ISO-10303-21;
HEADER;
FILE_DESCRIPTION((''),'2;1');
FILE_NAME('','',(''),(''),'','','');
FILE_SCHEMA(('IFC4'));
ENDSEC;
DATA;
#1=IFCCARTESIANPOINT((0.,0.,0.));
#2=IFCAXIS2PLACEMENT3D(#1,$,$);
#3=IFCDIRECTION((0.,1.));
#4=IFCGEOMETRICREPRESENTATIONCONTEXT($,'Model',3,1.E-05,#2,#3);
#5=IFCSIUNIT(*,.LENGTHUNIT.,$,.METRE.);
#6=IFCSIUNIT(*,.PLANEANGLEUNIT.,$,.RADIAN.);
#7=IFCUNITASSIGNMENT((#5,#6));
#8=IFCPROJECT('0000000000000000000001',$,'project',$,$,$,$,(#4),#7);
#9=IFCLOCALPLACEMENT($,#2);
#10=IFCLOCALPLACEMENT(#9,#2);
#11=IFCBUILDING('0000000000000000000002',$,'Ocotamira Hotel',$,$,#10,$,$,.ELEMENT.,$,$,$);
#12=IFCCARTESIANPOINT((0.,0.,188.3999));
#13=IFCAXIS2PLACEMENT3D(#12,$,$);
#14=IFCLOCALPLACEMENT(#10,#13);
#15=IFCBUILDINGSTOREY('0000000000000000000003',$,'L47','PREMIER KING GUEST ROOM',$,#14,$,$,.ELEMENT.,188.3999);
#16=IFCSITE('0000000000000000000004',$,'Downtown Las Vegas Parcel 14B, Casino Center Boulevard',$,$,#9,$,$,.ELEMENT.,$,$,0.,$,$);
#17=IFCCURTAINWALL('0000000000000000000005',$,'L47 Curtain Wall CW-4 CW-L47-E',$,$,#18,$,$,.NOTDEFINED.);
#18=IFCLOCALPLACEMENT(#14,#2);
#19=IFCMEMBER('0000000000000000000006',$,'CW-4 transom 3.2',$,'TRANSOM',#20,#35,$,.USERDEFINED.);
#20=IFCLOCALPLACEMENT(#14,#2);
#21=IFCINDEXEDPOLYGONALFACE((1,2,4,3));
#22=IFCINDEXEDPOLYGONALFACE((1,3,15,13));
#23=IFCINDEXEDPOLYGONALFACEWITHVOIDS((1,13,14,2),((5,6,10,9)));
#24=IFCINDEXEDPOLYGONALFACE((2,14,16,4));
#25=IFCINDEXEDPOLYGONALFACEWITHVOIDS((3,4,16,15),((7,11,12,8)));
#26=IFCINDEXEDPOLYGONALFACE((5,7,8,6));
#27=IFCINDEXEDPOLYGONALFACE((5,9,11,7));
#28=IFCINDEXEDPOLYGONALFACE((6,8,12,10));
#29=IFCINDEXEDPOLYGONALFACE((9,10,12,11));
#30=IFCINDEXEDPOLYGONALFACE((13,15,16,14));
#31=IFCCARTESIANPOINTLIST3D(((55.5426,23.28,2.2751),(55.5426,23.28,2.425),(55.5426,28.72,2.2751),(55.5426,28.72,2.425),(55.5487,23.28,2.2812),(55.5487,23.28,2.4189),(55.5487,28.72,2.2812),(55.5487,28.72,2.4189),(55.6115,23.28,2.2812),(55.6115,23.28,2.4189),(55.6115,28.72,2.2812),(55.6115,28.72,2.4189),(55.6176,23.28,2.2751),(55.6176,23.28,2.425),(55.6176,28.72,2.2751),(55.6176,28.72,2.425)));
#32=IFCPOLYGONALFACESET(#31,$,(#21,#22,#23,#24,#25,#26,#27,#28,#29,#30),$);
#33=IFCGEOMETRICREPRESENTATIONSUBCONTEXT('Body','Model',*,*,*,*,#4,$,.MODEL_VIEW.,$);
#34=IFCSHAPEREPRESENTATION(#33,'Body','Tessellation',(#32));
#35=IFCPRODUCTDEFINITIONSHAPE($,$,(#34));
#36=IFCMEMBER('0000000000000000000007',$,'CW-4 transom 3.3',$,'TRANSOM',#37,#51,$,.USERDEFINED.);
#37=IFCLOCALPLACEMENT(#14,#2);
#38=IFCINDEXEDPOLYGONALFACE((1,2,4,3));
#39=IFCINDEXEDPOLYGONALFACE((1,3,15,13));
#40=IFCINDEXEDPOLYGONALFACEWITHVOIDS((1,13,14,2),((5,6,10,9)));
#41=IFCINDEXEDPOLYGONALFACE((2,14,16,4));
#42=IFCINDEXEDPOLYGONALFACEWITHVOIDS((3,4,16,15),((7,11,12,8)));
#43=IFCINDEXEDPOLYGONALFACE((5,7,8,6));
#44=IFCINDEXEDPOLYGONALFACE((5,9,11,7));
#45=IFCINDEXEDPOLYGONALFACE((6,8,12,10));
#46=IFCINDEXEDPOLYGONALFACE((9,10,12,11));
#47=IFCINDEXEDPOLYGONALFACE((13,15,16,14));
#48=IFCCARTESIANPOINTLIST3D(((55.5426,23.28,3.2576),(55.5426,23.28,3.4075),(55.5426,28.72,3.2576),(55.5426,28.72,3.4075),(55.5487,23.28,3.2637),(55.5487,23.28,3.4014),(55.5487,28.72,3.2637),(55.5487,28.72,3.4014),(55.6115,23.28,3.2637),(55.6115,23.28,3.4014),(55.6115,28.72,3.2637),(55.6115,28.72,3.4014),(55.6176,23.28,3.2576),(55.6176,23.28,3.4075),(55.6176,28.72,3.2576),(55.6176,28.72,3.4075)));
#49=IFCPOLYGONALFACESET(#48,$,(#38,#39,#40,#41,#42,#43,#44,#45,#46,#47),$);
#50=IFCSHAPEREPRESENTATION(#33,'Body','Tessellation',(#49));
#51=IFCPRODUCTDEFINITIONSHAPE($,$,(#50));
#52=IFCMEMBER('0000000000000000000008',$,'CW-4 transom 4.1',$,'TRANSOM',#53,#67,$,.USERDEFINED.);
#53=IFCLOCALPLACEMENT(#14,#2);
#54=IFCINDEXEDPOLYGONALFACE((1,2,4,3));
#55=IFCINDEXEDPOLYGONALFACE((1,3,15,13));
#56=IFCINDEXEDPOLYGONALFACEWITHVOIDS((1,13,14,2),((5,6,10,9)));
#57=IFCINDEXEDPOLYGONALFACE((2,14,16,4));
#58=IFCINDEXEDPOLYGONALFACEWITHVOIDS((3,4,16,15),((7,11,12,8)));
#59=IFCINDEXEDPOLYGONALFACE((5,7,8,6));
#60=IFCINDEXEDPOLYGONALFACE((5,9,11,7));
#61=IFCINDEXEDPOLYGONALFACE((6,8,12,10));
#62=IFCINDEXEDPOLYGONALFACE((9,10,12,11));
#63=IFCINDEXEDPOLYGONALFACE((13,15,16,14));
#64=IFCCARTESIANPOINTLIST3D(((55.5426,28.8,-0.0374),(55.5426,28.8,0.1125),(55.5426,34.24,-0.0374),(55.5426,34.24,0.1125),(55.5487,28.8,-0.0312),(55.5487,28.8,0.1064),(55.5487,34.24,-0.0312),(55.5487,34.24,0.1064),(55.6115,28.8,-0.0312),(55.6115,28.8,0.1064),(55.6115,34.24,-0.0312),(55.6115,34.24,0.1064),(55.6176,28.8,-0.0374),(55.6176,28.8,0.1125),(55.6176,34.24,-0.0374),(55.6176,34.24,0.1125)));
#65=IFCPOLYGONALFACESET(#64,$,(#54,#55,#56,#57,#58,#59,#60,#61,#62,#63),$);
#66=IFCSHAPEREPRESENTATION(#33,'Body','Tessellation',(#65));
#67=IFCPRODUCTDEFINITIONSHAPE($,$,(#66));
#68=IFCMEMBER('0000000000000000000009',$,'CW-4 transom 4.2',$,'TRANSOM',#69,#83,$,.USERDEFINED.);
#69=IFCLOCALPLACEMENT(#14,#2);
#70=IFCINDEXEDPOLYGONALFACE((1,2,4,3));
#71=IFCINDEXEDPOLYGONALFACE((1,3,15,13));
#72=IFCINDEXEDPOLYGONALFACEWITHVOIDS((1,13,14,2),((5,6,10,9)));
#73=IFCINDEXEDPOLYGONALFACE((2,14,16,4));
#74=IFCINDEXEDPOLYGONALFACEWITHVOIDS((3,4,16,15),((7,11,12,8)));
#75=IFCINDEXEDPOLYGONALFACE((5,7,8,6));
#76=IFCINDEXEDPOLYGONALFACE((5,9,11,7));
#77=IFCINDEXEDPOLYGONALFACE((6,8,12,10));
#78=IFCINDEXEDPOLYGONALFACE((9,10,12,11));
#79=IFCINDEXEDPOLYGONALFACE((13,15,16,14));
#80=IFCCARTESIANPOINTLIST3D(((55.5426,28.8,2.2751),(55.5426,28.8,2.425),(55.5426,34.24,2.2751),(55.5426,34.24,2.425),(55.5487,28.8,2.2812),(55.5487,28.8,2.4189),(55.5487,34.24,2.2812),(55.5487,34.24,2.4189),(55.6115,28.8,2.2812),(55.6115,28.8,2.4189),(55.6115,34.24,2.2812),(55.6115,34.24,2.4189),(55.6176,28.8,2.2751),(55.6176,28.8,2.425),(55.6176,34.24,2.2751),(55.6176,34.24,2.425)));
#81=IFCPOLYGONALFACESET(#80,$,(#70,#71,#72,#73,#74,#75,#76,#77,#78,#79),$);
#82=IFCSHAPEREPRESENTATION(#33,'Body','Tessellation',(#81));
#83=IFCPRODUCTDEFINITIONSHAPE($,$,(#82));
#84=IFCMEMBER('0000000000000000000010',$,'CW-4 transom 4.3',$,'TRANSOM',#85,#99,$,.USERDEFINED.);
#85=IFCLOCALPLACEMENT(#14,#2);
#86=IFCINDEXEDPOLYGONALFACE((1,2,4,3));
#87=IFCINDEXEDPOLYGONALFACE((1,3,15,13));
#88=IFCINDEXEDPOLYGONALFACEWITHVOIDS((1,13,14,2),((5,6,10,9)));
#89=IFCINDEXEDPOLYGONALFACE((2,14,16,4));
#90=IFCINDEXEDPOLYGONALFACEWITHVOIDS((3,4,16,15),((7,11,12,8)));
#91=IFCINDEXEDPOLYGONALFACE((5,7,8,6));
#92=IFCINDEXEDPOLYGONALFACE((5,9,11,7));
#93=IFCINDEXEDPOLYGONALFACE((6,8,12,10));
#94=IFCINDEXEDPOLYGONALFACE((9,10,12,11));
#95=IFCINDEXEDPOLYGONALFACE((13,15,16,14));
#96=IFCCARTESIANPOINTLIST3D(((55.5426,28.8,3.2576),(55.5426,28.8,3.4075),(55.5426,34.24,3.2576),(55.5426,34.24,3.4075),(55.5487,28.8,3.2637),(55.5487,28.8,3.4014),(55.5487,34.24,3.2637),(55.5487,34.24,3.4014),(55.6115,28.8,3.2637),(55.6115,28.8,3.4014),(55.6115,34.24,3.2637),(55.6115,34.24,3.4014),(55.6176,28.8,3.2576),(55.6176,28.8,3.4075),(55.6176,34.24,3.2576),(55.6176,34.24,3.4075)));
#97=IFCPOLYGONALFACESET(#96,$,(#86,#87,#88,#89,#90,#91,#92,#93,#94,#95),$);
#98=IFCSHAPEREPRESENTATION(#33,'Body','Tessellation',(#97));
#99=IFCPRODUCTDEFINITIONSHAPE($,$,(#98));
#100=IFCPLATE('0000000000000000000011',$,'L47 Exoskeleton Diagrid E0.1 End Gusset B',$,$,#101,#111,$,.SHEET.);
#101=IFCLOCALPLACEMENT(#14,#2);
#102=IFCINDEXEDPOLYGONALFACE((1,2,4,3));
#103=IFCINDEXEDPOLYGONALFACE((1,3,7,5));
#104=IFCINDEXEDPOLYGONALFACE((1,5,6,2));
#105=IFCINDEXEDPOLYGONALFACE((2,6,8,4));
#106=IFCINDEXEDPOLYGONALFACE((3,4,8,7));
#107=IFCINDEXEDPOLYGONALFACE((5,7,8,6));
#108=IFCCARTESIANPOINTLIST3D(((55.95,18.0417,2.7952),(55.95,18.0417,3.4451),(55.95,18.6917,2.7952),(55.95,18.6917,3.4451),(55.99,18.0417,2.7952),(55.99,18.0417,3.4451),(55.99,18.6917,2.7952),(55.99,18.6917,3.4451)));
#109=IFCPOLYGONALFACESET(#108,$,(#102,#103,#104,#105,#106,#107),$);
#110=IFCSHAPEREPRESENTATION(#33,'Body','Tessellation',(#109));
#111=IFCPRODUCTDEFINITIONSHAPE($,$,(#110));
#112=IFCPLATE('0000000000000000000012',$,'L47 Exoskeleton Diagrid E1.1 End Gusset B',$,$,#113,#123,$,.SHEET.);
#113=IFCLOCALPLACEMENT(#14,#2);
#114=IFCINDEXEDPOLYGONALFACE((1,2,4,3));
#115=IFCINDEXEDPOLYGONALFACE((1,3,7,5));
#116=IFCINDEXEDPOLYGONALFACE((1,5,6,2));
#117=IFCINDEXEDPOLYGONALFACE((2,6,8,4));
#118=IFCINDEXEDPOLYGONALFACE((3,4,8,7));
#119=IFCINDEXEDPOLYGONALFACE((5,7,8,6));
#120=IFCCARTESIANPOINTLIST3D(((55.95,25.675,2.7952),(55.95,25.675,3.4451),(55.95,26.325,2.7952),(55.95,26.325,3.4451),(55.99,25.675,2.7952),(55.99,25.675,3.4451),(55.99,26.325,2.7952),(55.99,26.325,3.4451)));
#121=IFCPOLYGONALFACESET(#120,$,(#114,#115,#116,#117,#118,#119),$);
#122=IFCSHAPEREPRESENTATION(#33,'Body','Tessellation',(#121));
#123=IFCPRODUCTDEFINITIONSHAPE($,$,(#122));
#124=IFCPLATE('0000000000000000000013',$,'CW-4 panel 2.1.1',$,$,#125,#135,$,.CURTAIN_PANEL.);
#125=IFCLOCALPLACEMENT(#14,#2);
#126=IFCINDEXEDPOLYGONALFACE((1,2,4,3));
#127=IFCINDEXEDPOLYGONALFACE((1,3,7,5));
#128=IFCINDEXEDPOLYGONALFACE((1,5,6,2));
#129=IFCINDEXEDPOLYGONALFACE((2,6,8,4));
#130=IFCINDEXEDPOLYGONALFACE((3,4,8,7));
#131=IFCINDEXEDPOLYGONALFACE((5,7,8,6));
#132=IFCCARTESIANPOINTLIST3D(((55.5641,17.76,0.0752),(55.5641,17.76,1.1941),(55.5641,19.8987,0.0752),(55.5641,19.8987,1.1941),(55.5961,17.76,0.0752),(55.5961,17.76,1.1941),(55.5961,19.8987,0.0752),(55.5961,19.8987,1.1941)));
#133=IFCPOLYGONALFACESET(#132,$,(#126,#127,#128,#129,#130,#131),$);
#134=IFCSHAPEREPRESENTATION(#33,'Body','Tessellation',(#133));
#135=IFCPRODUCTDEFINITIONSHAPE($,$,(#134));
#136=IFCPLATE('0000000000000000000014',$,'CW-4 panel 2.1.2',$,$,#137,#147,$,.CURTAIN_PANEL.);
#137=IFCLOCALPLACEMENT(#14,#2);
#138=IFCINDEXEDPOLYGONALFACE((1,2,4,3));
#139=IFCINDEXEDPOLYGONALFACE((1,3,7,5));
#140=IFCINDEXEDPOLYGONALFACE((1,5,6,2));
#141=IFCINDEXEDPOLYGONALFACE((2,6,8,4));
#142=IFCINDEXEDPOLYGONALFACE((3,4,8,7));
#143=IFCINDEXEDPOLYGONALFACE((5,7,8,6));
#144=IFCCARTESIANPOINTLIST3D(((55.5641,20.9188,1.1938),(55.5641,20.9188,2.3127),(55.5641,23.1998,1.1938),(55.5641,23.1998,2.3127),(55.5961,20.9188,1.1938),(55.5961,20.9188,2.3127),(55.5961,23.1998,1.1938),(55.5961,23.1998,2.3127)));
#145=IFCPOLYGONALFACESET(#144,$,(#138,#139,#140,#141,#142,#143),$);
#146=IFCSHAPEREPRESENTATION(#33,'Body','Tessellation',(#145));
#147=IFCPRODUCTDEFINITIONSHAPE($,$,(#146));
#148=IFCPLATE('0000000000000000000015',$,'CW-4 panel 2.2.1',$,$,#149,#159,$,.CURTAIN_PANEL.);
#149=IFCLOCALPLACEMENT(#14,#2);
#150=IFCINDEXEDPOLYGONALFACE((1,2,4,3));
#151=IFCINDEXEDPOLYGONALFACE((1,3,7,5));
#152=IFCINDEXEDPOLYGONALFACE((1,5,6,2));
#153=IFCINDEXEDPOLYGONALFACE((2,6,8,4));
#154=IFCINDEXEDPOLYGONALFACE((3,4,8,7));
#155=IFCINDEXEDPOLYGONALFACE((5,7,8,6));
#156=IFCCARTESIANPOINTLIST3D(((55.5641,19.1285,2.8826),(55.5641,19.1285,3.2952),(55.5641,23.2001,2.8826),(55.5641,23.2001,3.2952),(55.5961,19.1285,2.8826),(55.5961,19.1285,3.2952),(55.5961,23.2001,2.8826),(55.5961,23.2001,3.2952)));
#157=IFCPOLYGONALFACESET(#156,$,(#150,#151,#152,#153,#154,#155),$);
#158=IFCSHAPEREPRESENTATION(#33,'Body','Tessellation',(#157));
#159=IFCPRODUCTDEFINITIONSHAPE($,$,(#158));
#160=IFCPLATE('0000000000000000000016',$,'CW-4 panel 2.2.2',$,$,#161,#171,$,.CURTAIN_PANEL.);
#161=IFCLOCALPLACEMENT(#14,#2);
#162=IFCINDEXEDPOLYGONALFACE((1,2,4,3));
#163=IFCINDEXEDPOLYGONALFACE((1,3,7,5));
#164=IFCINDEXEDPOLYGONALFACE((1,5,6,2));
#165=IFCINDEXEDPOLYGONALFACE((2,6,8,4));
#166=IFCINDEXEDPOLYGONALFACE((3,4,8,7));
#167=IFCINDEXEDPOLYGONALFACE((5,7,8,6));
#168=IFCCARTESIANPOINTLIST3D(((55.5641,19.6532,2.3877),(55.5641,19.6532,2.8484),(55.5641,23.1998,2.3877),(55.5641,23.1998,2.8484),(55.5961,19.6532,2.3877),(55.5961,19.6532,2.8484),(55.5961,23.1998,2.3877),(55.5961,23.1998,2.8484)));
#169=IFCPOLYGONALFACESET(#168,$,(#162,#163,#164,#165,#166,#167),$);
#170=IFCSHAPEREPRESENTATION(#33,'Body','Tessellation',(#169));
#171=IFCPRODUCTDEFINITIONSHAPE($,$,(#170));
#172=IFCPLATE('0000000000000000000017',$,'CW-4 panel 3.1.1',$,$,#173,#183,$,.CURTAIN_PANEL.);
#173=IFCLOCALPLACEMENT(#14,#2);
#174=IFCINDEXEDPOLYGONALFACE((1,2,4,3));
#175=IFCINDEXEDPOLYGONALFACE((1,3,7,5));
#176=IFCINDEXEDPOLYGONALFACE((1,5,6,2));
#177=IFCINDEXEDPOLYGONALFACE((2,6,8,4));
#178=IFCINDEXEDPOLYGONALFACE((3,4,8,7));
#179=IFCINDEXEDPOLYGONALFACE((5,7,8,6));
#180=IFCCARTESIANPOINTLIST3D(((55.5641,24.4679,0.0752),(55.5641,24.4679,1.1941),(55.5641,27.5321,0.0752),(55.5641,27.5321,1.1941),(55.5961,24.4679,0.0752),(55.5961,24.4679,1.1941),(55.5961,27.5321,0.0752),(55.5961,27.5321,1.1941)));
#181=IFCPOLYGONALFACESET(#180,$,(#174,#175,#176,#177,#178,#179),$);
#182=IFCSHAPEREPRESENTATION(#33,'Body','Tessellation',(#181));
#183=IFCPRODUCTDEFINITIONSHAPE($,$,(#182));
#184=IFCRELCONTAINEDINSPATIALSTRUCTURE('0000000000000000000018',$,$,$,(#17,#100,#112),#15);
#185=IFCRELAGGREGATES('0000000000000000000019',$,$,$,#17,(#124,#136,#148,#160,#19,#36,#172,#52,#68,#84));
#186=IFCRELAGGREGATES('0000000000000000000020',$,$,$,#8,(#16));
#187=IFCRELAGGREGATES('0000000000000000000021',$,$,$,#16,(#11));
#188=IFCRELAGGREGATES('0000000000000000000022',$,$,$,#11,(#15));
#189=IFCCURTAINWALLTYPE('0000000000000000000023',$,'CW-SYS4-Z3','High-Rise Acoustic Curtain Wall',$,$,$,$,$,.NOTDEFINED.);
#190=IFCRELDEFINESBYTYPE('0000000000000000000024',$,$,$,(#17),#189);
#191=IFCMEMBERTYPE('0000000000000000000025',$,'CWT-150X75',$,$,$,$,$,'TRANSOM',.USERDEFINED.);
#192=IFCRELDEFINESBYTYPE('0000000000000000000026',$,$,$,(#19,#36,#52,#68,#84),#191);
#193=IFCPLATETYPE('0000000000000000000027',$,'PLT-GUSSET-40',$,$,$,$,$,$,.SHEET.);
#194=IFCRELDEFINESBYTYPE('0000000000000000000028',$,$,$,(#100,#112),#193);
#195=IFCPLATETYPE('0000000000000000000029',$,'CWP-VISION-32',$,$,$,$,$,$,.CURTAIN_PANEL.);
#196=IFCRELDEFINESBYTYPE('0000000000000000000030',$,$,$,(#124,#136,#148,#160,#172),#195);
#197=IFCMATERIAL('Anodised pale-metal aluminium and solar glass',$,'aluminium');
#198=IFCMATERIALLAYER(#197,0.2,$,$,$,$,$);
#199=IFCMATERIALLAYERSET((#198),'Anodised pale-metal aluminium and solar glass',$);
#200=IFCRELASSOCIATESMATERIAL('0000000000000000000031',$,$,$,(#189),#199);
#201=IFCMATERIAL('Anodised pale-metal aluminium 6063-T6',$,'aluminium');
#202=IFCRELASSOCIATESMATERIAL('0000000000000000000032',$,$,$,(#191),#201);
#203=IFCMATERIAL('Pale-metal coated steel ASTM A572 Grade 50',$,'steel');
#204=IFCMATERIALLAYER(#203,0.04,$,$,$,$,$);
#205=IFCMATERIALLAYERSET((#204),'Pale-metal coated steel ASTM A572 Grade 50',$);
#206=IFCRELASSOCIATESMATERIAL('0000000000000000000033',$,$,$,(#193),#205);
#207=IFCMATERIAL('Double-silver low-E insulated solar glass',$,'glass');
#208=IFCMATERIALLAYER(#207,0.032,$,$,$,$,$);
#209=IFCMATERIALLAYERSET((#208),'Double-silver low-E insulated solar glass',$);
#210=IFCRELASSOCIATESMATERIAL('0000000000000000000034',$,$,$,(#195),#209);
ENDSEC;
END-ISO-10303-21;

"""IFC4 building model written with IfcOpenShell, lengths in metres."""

from ifc_helpers import new_model, si_unit, direction, frame, origin, origin_2d, place, context, subcontext, project, spatial, rectangle, hollow_rectangle, extrude, source, transform, mapped, material, layer, layer_set, material_profile, profile_set, type_object, element, aggregate, save


model = new_model("IFC4")

# Units and contexts
model_context = context("Model", 3, precision=1e-05, world=origin(), true_north=direction((0.0, 1.0)))
body_context = subcontext(model_context, "Body", "Model", "MODEL_VIEW")
ifc_project = project(units=[si_unit("LENGTHUNIT", "METRE"), si_unit("PLANEANGLEUNIT", "RADIAN")], contexts=[model_context])

# Site, building, storey
site_placement = place(None, origin())
site = spatial("IfcSite", under=ifc_project, at=site_placement, Name="Downtown Las Vegas Parcel 14B, Casino Center Boulevard", CompositionType="ELEMENT", RefElevation=0.0)
building_placement = place(site_placement, origin())
building = spatial("IfcBuilding", under=site, at=building_placement, Name="Ocotamira Hotel", CompositionType="ELEMENT")
storey_placement = place(building_placement, frame((0.0, 0.0, 188.3999)))
storey = spatial("IfcBuildingStorey", under=building, at=storey_placement, Name="L47", Description="PREMIER KING GUEST ROOM", CompositionType="ELEMENT", Elevation=188.3999)

# Curtain wall, members
ifc_material_1 = material(Name="Anodised pale-metal aluminium and solar glass", Category="aluminium")
ifc_layer_1 = layer(ifc_material_1, 0.2)
ifc_layer_set_1 = layer_set([ifc_layer_1], Name="Anodised pale-metal aluminium and solar glass")
curtain_wall_type = type_object("IfcCurtainWallType", Name="CW-SYS4-Z3", Description="High-Rise Acoustic Curtain Wall", PredefinedType="NOTDEFINED", material=ifc_layer_set_1)
curtain_wall_placement = place(storey_placement, origin())
curtain_wall = element("IfcCurtainWall", 1, at=curtain_wall_placement, inside=storey, type_object=curtain_wall_type, Name="L47 Curtain Wall CW-4 CW-L47-E", PredefinedType="NOTDEFINED")
ifc_material_2 = material(Name="Anodised pale-metal aluminium 6063-T6", Category="aluminium")
ifc_material_profile_1 = material_profile(ifc_material_2, hollow_rectangle(XDim=0.075, YDim=0.1499, WallThickness=0.0061, at=origin_2d()), Name="HSS150X75X6")
ifc_profile_set_1 = profile_set([ifc_material_profile_1], Name="Anodised pale-metal aluminium 6063-T6")
member_type_1 = type_object("IfcMemberType", Name="CWT-150X75", ElementType="TRANSOM", PredefinedType="USERDEFINED", material=ifc_profile_set_1)
shared_shape_1 = source(origin(), body_context, "Body", "SweptSolid", [
    extrude(hollow_rectangle(XDim=0.075, YDim=0.1499, WallThickness=0.0061, at=origin_2d()), origin(), (0.0, 0.0, 1.0), 5.4399),
])
member_1_placement = place(storey_placement, frame((55.5801, 23.28, 2.3501), z_axis=(0.0, 1.0, 0.0), x_axis=(-1.0, 0.0, 0.0)))
member_1 = element("IfcMember", 2, at=member_1_placement, type_object=member_type_1, Name="CW-4 transom 3.2", ObjectType="TRANSOM", PredefinedType="USERDEFINED", context=body_context, shape_type="MappedRepresentation", body=[
    mapped(shared_shape_1, transform((0.0, 0.0, 0.0), scale=1.0)),
])
member_2_placement = place(storey_placement, frame((55.5801, 23.28, 3.3325), z_axis=(0.0, 1.0, 0.0), x_axis=(-1.0, 0.0, 0.0)))
member_2 = element("IfcMember", 3, at=member_2_placement, type_object=member_type_1, Name="CW-4 transom 3.3", ObjectType="TRANSOM", PredefinedType="USERDEFINED", context=body_context, shape_type="MappedRepresentation", body=[
    mapped(shared_shape_1, transform((0.0, 0.0, 0.0), scale=1.0)),
])
member_3_placement = place(storey_placement, frame((55.5801, 28.8, 0.0376), z_axis=(0.0, 1.0, 0.0), x_axis=(-1.0, 0.0, 0.0)))
member_3 = element("IfcMember", 4, at=member_3_placement, type_object=member_type_1, Name="CW-4 transom 4.1", ObjectType="TRANSOM", PredefinedType="USERDEFINED", context=body_context, shape_type="MappedRepresentation", body=[
    mapped(shared_shape_1, transform((0.0, 0.0, 0.0), scale=1.0)),
])
member_4_placement = place(storey_placement, frame((55.5801, 28.8, 2.3501), z_axis=(0.0, 1.0, 0.0), x_axis=(-1.0, 0.0, 0.0)))
member_4 = element("IfcMember", 5, at=member_4_placement, type_object=member_type_1, Name="CW-4 transom 4.2", ObjectType="TRANSOM", PredefinedType="USERDEFINED", context=body_context, shape_type="MappedRepresentation", body=[
    mapped(shared_shape_1, transform((0.0, 0.0, 0.0), scale=1.0)),
])
member_5_placement = place(storey_placement, frame((55.5801, 28.8, 3.3325), z_axis=(0.0, 1.0, 0.0), x_axis=(-1.0, 0.0, 0.0)))
member_5 = element("IfcMember", 6, at=member_5_placement, type_object=member_type_1, Name="CW-4 transom 4.3", ObjectType="TRANSOM", PredefinedType="USERDEFINED", context=body_context, shape_type="MappedRepresentation", body=[
    mapped(shared_shape_1, transform((0.0, 0.0, 0.0), scale=1.0)),
])

# Plates
ifc_material_3 = material(Name="Pale-metal coated steel ASTM A572 Grade 50", Category="steel")
ifc_layer_2 = layer(ifc_material_3, 0.04)
ifc_layer_set_2 = layer_set([ifc_layer_2], Name="Pale-metal coated steel ASTM A572 Grade 50")
plate_type_1 = type_object("IfcPlateType", Name="PLT-GUSSET-40", PredefinedType="SHEET", material=ifc_layer_set_2)
shared_shape_2 = source(origin(), body_context, "Body", "SweptSolid", [
    extrude(rectangle(XDim=0.04, YDim=0.6499, at=origin_2d()), origin(), (0.0, 0.0, 1.0), 0.6499),
])
for number, where, z_axis, x_axis, name in (
    (7, (55.97, 18.3667, 2.7952), (0.0, 0.0, 1.0), (1.0, 0.0, 0.0), "L47 Exoskeleton Diagrid E0.1 End Gusset B"),
    (8, (55.97, 26.0, 2.7952), (0.0, 0.0, 1.0), (1.0, 0.0, 0.0), "L47 Exoskeleton Diagrid E1.1 End Gusset B"),
):
    element("IfcPlate", number, at=place(storey_placement, frame(where, z_axis=z_axis, x_axis=x_axis)), inside=storey, type_object=plate_type_1, Name=name, PredefinedType="SHEET", context=body_context, shape_type="MappedRepresentation", body=[
        mapped(shared_shape_2, transform((0.0, 0.0, 0.0), scale=1.0)),
    ])

# Plates
ifc_material_4 = material(Name="Double-silver low-E insulated solar glass", Category="glass")
ifc_layer_3 = layer(ifc_material_4, 0.032)
ifc_layer_set_3 = layer_set([ifc_layer_3], Name="Double-silver low-E insulated solar glass")
plate_type_2 = type_object("IfcPlateType", Name="CWP-VISION-32", PredefinedType="CURTAIN_PANEL", material=ifc_layer_set_3)
shared_shape_3 = source(origin(), body_context, "Body", "SweptSolid", [
    extrude(rectangle(XDim=2.1387, YDim=0.032, at=origin_2d()), origin(), (0.0, 0.0, 1.0), 1.1189),
])
plate_1_placement = place(storey_placement, frame((55.5801, 18.8293, 0.0752), z_axis=(0.0, 0.0, 1.0), x_axis=(0.0, 1.0, 0.0)))
plate_1 = element("IfcPlate", 9, at=plate_1_placement, type_object=plate_type_2, Name="CW-4 panel 2.1.1", PredefinedType="CURTAIN_PANEL", context=body_context, shape_type="MappedRepresentation", body=[
    mapped(shared_shape_3, transform((0.0, 0.0, 0.0), scale=1.0)),
])
shared_shape_4 = source(origin(), body_context, "Body", "SweptSolid", [
    extrude(rectangle(XDim=2.281, YDim=0.032, at=origin_2d()), origin(), (0.0, 0.0, 1.0), 1.1189),
])
plate_2_placement = place(storey_placement, frame((55.5801, 22.0593, 1.1938), z_axis=(0.0, 0.0, 1.0), x_axis=(0.0, 1.0, 0.0)))
plate_2 = element("IfcPlate", 10, at=plate_2_placement, type_object=plate_type_2, Name="CW-4 panel 2.1.2", PredefinedType="CURTAIN_PANEL", context=body_context, shape_type="MappedRepresentation", body=[
    mapped(shared_shape_4, transform((0.0, 0.0, 0.0), scale=1.0)),
])
shared_shape_5 = source(origin(), body_context, "Body", "SweptSolid", [
    extrude(rectangle(XDim=4.0715, YDim=0.032, at=origin_2d()), origin(), (0.0, 0.0, 1.0), 0.4126),
])
plate_3_placement = place(storey_placement, frame((55.5801, 21.1643, 2.8826), z_axis=(0.0, 0.0, 1.0), x_axis=(0.0, 1.0, 0.0)))
plate_3 = element("IfcPlate", 11, at=plate_3_placement, type_object=plate_type_2, Name="CW-4 panel 2.2.1", PredefinedType="CURTAIN_PANEL", context=body_context, shape_type="MappedRepresentation", body=[
    mapped(shared_shape_5, transform((0.0, 0.0, 0.0), scale=1.0)),
])
shared_shape_6 = source(origin(), body_context, "Body", "SweptSolid", [
    extrude(rectangle(XDim=3.5466, YDim=0.032, at=origin_2d()), origin(), (0.0, 0.0, 1.0), 0.4607),
])
plate_4_placement = place(storey_placement, frame((55.5801, 21.4265, 2.3877), z_axis=(0.0, 0.0, 1.0), x_axis=(0.0, 1.0, 0.0)))
plate_4 = element("IfcPlate", 12, at=plate_4_placement, type_object=plate_type_2, Name="CW-4 panel 2.2.2", PredefinedType="CURTAIN_PANEL", context=body_context, shape_type="MappedRepresentation", body=[
    mapped(shared_shape_6, transform((0.0, 0.0, 0.0), scale=1.0)),
])
shared_shape_7 = source(origin(), body_context, "Body", "SweptSolid", [
    extrude(rectangle(XDim=3.0642, YDim=0.032, at=origin_2d()), origin(), (0.0, 0.0, 1.0), 1.1189),
])
plate_5_placement = place(storey_placement, frame((55.5801, 26.0, 0.0752), z_axis=(0.0, 0.0, 1.0), x_axis=(0.0, 1.0, 0.0)))
plate_5 = element("IfcPlate", 13, at=plate_5_placement, type_object=plate_type_2, Name="CW-4 panel 3.1.1", PredefinedType="CURTAIN_PANEL", context=body_context, shape_type="MappedRepresentation", body=[
    mapped(shared_shape_7, transform((0.0, 0.0, 0.0), scale=1.0)),
])
aggregate(curtain_wall, [plate_1, plate_2, plate_3, plate_4, member_1, member_2, plate_5, member_3, member_4, member_5])

save(model, "model.ifc")
